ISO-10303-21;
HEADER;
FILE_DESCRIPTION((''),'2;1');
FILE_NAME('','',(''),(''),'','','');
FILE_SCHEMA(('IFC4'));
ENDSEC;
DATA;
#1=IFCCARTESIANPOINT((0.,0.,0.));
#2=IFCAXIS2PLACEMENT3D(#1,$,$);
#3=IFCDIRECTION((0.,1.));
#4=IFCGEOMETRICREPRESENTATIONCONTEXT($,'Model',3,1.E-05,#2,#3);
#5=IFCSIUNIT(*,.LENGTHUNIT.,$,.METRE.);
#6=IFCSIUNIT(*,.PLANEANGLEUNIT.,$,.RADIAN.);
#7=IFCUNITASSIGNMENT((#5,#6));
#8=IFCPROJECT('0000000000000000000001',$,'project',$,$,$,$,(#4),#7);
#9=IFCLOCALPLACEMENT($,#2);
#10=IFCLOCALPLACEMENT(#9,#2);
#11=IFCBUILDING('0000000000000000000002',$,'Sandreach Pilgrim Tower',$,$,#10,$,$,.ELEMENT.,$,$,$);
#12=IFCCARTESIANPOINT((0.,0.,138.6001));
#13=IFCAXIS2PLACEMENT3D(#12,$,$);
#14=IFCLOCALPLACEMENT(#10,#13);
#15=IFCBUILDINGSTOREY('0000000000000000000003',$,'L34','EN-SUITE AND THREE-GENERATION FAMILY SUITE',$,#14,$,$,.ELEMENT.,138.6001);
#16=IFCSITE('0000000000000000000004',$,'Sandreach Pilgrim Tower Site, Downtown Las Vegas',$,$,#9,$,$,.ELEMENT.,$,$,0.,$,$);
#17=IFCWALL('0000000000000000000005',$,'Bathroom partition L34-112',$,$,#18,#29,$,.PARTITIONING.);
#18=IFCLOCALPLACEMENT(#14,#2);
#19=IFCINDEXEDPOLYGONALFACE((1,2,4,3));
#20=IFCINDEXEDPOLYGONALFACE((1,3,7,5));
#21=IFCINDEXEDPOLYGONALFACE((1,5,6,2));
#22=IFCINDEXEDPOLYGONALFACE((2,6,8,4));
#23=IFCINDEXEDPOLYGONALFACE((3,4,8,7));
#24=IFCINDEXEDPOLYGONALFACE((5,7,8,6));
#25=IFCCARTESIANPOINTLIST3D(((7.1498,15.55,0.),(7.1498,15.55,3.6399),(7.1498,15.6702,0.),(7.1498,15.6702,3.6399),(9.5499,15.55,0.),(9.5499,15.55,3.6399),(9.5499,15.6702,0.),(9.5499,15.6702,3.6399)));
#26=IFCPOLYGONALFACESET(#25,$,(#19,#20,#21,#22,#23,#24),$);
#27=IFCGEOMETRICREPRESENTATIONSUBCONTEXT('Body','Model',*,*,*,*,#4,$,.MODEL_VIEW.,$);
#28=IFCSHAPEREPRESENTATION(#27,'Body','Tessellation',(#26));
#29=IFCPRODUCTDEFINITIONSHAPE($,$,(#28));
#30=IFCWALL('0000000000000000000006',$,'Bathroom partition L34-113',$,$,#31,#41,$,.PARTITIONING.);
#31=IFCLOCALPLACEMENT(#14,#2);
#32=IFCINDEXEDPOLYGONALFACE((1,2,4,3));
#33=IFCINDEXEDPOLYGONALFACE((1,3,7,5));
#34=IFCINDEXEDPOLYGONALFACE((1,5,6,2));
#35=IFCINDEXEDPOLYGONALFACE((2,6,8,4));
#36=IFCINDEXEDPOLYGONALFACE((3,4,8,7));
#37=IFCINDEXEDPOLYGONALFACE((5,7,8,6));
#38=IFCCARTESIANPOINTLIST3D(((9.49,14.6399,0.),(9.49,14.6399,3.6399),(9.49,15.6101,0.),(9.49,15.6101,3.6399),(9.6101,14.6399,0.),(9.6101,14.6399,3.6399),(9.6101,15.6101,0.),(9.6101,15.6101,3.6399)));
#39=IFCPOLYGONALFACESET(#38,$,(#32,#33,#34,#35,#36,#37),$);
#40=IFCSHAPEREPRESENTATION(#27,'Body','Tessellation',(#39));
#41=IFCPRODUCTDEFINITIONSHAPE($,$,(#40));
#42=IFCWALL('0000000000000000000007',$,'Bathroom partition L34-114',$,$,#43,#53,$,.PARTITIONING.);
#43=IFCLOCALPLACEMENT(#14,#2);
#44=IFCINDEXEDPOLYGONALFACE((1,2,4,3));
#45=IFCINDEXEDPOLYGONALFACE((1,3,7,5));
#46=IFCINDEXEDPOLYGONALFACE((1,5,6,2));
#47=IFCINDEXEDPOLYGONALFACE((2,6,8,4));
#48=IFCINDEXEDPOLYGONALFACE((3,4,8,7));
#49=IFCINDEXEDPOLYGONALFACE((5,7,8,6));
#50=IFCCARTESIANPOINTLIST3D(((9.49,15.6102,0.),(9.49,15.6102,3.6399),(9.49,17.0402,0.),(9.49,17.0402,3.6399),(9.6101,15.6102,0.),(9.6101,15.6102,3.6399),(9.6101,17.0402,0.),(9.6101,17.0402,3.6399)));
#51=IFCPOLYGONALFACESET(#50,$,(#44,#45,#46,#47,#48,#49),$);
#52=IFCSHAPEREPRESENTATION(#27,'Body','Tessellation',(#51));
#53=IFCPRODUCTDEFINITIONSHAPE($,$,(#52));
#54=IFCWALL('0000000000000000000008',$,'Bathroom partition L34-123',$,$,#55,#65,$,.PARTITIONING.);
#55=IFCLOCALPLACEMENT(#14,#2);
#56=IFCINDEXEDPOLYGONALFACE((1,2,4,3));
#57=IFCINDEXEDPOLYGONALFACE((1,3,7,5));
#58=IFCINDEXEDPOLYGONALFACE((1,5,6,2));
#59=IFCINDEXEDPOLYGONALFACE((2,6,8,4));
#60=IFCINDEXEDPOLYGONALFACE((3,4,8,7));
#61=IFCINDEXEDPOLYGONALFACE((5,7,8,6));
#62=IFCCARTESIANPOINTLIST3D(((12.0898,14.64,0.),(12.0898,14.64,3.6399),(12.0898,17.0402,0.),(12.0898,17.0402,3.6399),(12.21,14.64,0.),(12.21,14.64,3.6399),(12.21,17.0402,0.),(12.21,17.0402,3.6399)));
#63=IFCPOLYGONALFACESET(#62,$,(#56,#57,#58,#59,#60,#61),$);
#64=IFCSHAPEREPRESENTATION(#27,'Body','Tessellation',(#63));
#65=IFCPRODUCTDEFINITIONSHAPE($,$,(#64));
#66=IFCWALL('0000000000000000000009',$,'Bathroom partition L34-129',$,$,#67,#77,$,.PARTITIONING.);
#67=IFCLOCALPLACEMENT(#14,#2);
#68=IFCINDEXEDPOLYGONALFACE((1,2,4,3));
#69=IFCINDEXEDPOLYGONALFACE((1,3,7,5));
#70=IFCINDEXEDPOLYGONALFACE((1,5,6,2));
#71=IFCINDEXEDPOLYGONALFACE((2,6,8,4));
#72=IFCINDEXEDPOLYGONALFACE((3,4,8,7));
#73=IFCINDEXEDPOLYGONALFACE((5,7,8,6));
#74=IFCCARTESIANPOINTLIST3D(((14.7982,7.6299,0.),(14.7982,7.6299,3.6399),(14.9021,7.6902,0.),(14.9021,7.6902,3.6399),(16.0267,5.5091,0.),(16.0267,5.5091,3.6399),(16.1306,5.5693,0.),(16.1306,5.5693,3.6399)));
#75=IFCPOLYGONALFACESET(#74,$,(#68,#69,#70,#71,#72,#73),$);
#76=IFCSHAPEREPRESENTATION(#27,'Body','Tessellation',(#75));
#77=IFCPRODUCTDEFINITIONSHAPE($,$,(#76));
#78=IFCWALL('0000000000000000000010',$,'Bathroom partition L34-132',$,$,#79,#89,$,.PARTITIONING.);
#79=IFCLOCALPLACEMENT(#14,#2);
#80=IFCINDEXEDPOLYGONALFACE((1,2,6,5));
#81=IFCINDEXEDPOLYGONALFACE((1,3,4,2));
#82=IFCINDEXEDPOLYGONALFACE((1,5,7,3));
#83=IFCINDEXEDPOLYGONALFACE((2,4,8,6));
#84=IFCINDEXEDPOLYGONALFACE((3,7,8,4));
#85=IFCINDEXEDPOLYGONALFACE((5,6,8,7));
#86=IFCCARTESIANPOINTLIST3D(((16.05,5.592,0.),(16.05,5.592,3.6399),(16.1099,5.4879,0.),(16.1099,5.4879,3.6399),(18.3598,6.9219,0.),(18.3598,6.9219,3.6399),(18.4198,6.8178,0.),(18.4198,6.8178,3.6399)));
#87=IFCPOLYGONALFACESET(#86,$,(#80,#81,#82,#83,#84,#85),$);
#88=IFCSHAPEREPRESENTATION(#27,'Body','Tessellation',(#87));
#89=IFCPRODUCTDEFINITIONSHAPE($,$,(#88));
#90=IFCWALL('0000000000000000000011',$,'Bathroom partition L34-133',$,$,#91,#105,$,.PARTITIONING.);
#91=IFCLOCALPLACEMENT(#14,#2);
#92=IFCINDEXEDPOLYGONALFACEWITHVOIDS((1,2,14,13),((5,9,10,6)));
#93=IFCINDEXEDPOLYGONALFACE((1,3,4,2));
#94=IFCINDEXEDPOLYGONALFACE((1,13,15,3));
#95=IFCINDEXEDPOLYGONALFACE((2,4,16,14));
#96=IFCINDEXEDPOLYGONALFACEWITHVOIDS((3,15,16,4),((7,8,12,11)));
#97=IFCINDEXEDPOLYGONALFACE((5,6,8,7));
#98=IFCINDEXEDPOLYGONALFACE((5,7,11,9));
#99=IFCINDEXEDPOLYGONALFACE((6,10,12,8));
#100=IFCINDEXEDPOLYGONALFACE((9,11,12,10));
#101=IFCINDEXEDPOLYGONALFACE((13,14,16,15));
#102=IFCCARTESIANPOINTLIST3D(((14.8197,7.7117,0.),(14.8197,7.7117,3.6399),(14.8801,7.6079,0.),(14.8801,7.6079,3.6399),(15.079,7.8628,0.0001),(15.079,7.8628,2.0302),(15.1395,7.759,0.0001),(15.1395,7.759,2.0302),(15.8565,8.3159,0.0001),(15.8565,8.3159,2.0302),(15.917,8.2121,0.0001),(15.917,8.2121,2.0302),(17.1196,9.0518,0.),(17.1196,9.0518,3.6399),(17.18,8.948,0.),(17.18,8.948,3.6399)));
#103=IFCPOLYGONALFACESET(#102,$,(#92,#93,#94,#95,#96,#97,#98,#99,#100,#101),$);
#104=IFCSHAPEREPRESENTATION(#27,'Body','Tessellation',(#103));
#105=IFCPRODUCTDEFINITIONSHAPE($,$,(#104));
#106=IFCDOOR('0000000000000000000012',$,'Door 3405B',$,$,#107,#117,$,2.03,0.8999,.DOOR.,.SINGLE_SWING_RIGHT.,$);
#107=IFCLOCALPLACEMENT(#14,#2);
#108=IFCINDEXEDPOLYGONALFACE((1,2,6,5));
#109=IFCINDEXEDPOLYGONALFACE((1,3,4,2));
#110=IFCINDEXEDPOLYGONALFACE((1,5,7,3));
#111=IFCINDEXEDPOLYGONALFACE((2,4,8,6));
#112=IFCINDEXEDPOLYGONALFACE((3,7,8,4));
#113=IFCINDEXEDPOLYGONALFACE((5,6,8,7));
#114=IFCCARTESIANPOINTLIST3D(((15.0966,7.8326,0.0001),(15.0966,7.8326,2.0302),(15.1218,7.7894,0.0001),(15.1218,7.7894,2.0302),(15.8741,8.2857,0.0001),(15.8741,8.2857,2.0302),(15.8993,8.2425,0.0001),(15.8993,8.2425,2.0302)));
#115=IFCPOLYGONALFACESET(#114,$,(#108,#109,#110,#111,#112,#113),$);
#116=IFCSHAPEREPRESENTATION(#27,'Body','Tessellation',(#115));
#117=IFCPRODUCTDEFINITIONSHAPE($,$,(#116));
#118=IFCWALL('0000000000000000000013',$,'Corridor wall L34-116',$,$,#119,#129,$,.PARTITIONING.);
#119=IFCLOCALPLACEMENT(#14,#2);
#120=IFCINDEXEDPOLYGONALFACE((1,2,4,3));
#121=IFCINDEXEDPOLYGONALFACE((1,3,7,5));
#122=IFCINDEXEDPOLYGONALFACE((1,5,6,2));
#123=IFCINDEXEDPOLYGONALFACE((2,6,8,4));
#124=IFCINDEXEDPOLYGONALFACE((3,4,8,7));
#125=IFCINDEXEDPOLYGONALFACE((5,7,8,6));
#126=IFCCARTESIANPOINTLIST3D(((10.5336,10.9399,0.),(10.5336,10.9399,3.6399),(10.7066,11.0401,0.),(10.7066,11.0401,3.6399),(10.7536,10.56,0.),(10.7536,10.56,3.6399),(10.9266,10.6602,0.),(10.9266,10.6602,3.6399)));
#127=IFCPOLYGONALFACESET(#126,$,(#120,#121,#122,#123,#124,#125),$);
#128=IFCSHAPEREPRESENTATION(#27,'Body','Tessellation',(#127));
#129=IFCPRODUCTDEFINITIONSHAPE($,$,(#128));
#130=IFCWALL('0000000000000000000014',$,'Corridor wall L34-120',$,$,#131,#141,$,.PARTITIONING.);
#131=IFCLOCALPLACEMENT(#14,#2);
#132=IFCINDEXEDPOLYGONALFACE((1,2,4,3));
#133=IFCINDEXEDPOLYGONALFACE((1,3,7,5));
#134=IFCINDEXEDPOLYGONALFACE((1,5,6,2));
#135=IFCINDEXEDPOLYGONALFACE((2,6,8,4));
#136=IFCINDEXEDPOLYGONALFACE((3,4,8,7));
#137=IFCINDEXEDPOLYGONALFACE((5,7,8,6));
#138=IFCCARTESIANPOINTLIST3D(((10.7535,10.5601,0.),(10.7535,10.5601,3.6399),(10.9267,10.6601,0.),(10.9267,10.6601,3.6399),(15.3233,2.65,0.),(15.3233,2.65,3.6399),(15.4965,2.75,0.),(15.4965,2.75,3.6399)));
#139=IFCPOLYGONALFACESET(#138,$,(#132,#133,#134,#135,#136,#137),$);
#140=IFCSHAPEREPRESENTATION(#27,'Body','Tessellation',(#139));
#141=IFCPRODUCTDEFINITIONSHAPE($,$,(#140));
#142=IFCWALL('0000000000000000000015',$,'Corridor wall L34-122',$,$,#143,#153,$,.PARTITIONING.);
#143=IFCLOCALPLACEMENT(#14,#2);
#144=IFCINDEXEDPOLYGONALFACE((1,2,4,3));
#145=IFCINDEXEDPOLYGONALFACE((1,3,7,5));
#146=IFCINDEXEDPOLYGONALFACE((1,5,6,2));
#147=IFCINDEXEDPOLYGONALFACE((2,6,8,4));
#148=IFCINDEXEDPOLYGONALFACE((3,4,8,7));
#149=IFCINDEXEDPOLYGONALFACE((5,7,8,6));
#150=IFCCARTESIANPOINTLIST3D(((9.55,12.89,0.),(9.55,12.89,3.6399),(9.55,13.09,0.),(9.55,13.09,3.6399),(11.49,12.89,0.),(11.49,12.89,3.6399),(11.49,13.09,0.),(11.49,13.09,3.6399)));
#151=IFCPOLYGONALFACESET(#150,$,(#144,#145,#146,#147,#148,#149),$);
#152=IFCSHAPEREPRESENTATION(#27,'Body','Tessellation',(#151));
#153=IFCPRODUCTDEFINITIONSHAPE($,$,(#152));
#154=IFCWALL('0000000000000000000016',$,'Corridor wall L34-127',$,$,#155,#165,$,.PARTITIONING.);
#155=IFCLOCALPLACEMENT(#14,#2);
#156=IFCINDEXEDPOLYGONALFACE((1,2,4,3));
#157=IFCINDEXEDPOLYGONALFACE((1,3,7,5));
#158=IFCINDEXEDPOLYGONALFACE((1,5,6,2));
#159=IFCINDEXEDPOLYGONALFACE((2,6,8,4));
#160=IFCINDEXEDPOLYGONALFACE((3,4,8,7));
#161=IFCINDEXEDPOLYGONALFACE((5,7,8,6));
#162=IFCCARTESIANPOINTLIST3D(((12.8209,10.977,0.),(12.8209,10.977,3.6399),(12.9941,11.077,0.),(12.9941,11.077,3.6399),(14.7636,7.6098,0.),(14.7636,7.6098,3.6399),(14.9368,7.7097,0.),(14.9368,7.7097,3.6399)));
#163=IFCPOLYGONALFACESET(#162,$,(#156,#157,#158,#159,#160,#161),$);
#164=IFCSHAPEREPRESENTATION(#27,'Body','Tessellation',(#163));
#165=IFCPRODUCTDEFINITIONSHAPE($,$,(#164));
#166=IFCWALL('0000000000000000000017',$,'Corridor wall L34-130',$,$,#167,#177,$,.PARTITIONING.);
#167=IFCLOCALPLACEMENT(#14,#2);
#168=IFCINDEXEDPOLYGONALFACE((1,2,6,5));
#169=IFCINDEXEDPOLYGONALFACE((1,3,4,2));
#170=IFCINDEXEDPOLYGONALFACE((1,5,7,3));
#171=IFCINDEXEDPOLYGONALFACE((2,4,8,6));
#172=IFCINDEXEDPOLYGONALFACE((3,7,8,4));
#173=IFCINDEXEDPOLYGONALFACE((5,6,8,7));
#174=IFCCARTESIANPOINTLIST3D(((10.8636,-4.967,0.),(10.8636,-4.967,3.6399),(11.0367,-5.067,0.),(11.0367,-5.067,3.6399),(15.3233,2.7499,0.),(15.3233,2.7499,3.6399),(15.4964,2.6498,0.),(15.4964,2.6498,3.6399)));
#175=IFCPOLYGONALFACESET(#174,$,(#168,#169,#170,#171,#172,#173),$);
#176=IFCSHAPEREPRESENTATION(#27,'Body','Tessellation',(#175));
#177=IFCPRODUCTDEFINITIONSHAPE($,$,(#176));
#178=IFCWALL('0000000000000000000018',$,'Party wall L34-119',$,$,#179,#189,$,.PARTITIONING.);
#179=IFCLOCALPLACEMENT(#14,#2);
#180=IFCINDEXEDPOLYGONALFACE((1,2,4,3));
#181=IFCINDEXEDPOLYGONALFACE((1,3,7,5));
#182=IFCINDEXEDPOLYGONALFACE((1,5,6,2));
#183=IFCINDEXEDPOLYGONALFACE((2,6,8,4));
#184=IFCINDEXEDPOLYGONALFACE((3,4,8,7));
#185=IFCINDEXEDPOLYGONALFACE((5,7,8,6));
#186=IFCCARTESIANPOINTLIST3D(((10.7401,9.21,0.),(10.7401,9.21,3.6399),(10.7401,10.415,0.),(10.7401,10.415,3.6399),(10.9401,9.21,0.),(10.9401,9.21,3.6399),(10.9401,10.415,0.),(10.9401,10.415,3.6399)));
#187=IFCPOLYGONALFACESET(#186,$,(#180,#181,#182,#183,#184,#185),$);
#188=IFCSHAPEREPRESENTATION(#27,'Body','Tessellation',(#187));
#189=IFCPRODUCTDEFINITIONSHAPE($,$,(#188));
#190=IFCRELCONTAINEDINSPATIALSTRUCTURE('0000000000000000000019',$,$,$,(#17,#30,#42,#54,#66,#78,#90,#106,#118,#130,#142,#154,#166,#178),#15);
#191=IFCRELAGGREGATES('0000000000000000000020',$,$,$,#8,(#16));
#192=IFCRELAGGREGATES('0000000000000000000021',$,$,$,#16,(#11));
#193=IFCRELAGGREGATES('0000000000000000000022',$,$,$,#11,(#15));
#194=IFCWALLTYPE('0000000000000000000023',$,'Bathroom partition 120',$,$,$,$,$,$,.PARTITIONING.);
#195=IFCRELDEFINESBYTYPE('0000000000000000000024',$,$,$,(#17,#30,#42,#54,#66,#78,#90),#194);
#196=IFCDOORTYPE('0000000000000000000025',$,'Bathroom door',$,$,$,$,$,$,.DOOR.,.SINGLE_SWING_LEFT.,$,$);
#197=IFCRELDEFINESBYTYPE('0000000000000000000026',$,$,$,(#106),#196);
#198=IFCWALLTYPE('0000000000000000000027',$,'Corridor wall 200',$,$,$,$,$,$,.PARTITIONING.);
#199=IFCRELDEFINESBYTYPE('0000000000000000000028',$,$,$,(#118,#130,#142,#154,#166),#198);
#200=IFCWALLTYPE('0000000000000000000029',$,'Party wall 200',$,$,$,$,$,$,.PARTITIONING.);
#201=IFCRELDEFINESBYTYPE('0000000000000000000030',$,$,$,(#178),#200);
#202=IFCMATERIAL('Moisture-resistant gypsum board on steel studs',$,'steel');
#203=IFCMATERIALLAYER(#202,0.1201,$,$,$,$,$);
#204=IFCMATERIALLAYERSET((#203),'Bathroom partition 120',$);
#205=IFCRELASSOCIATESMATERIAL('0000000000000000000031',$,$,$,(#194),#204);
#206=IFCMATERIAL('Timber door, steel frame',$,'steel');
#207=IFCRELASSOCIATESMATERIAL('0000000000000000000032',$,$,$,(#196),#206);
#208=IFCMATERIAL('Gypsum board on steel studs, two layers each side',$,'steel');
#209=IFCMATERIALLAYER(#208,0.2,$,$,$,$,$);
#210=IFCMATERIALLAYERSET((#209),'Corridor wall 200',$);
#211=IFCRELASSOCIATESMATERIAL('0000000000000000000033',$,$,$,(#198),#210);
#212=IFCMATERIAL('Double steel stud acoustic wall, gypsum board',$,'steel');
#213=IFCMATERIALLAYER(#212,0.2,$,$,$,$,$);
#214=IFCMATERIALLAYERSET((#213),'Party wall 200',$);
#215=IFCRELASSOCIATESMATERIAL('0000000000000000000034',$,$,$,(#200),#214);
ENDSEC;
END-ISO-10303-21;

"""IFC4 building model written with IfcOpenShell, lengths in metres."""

from ifc_helpers import new_model, si_unit, direction, frame, frame_2d, origin, place, context, subcontext, project, spatial, rectangle, extrude, material, layer, layer_set, type_object, element, fill, save


model = new_model("IFC4")

# Units and contexts
model_context = context("Model", 3, precision=1e-05, world=origin(), true_north=direction((0.0, 1.0)))
body_context = subcontext(model_context, "Body", "Model", "MODEL_VIEW")
ifc_project = project(units=[si_unit("LENGTHUNIT", "METRE"), si_unit("PLANEANGLEUNIT", "RADIAN")], contexts=[model_context])

# Site, building, storey
site_placement = place(None, origin())
site = spatial("IfcSite", under=ifc_project, at=site_placement, Name="Sandreach Pilgrim Tower Site, Downtown Las Vegas", CompositionType="ELEMENT", RefElevation=0.0)
building_placement = place(site_placement, origin())
building = spatial("IfcBuilding", under=site, at=building_placement, Name="Sandreach Pilgrim Tower", CompositionType="ELEMENT")
storey_placement = place(building_placement, frame((0.0, 0.0, 138.6001)))
storey = spatial("IfcBuildingStorey", under=building, at=storey_placement, Name="L34", Description="EN-SUITE AND THREE-GENERATION FAMILY SUITE", CompositionType="ELEMENT", Elevation=138.6001)

# Walls
ifc_material_1 = material(Name="Moisture-resistant gypsum board on steel studs", Category="steel")
ifc_layer_1 = layer(ifc_material_1, 0.1201)
ifc_layer_set_1 = layer_set([ifc_layer_1], Name="Bathroom partition 120")
wall_type_1 = type_object("IfcWallType", Name="Bathroom partition 120", PredefinedType="PARTITIONING", material=ifc_layer_set_1)
wall_1_placement = place(storey_placement, frame((9.55, 15.6101, 0.0), z_axis=(0.0, 0.0, 1.0), x_axis=(-1.0, 0.0, 0.0)))
element("IfcWall", 1, at=wall_1_placement, inside=storey, type_object=wall_type_1, Name="Bathroom partition L34-112", PredefinedType="PARTITIONING", context=body_context, shape_type="SweptSolid", body=[
    extrude(rectangle(XDim=2.4001, YDim=0.1201, at=frame_2d((1.2002, 0.0))), origin(), (0.0, 0.0, 1.0), 3.6399),
])
wall_2_placement = place(storey_placement, frame((9.55, 15.6101, 0.0), z_axis=(0.0, 0.0, 1.0), x_axis=(0.0, -1.0, 0.0)))
element("IfcWall", 2, at=wall_2_placement, inside=storey, type_object=wall_type_1, Name="Bathroom partition L34-113", PredefinedType="PARTITIONING", context=body_context, shape_type="SweptSolid", body=[
    extrude(rectangle(XDim=0.9702, YDim=0.1201, at=frame_2d((0.4851, 0.0))), origin(), (0.0, 0.0, 1.0), 3.6399),
])
wall_3_placement = place(storey_placement, frame((9.55, 17.04, 0.0), z_axis=(0.0, 0.0, 1.0), x_axis=(0.0, -1.0, 0.0)))
element("IfcWall", 3, at=wall_3_placement, inside=storey, type_object=wall_type_1, Name="Bathroom partition L34-114", PredefinedType="PARTITIONING", context=body_context, shape_type="SweptSolid", body=[
    extrude(rectangle(XDim=1.4299, YDim=0.1201, at=frame_2d((0.7148, 0.0))), origin(), (0.0, 0.0, 1.0), 3.6399),
])
wall_4_placement = place(storey_placement, frame((12.1499, 14.6399, 0.0), z_axis=(0.0, 0.0, 1.0), x_axis=(0.0, 1.0, 0.0)))
element("IfcWall", 4, at=wall_4_placement, inside=storey, type_object=wall_type_1, Name="Bathroom partition L34-123", PredefinedType="PARTITIONING", context=body_context, shape_type="SweptSolid", body=[
    extrude(rectangle(XDim=2.4001, YDim=0.1201, at=frame_2d((1.2002, 0.0))), origin(), (0.0, 0.0, 1.0), 3.6399),
])
wall_5_placement = place(storey_placement, frame((14.8501, 7.6602, 0.0), z_axis=(0.0, 0.0, 1.0), x_axis=(0.501237, -0.86531, 0.0)))
element("IfcWall", 5, at=wall_5_placement, inside=storey, type_object=wall_type_1, Name="Bathroom partition L34-129", PredefinedType="PARTITIONING", context=body_context, shape_type="SweptSolid", body=[
    extrude(rectangle(XDim=2.4509, YDim=0.1201, at=frame_2d((1.2256, 0.0))), origin(), (0.0, 0.0, 1.0), 3.6399),
])
wall_6_placement = place(storey_placement, frame((16.0801, 5.54, 0.0), z_axis=(0.0, 0.0, 1.0), x_axis=(0.866632, 0.498948, 0.0)))
element("IfcWall", 6, at=wall_6_placement, inside=storey, type_object=wall_type_1, Name="Bathroom partition L34-132", PredefinedType="PARTITIONING", context=body_context, shape_type="SweptSolid", body=[
    extrude(rectangle(XDim=2.6653, YDim=0.1201, at=frame_2d((1.3325, 0.0))), origin(), (0.0, 0.0, 1.0), 3.6399),
])

# Wall, opening, door
wall_7_placement = place(storey_placement, frame((17.1499, 9.0, 0.0), z_axis=(0.0, 0.0, 1.0), x_axis=(-0.864018, -0.50346, 0.0)))
wall_7 = element("IfcWall", 7, at=wall_7_placement, inside=storey, type_object=wall_type_1, Name="Bathroom partition L34-133", PredefinedType="PARTITIONING", context=body_context, shape_type="SweptSolid", body=[
    extrude(rectangle(XDim=2.6619, YDim=0.1201, at=frame_2d((1.3311, 0.0))), origin(), (0.0, 0.0, 1.0), 3.6399),
])
opening_1_placement = place(wall_7_placement, frame((1.4619, 0.0, 0.0)))
opening_1 = element("IfcOpeningElement", 8, at=opening_1_placement, cuts=wall_7, PredefinedType="OPENING", context=body_context, shape_type="SweptSolid", body=[
    extrude(rectangle(XDim=0.8999, YDim=2.03, at=frame_2d((0.45, 1.0151))), frame((0.0, 0.0601, 0.0), z_axis=(0.0, -1.0, 0.0), x_axis=(1.0, 0.0, 0.0)), (0.0, 0.0, 1.0), 0.1201),
])
ifc_material_2 = material(Name="Timber door, steel frame", Category="steel")
door_type_1 = type_object("IfcDoorType", Name="Bathroom door", OperationType="SINGLE_SWING_LEFT", PredefinedType="DOOR", material=ifc_material_2)
door_1_placement = place(opening_1_placement, origin())
door_1 = element("IfcDoor", 9, at=door_1_placement, inside=storey, type_object=door_type_1, Name="Door 3405B", OperationType="SINGLE_SWING_RIGHT", OverallHeight=2.03, OverallWidth=0.8999, PredefinedType="DOOR", context=body_context, shape_type="SweptSolid", body=[
    extrude(rectangle(XDim=0.8999, YDim=2.03, at=frame_2d((0.45, 1.0151))), frame((0.0, 0.0249, 0.0), z_axis=(0.0, -1.0, 0.0), x_axis=(1.0, 0.0, 0.0)), (0.0, 0.0, 1.0), 0.05),
])
fill(opening_1, door_1)

# Wall
ifc_material_3 = material(Name="Gypsum board on steel studs, two layers each side", Category="steel")
ifc_layer_2 = layer(ifc_material_3, 0.2)
ifc_layer_set_2 = layer_set([ifc_layer_2], Name="Corridor wall 200")
wall_type_2 = type_object("IfcWallType", Name="Corridor wall 200", PredefinedType="PARTITIONING", material=ifc_layer_set_2)
wall_8_placement = place(storey_placement, frame((10.6201, 10.99, 0.0), z_axis=(0.0, 0.0, 1.0), x_axis=(0.501102, -0.865388, 0.0)))
element("IfcWall", 10, at=wall_8_placement, inside=storey, type_object=wall_type_2, Name="Corridor wall L34-116", PredefinedType="PARTITIONING", context=body_context, shape_type="SweptSolid", body=[
    extrude(rectangle(XDim=0.439, YDim=0.2, at=frame_2d((0.2195, 0.0))), origin(), (0.0, 0.0, 1.0), 3.6399),
])

# Walls
wall_9_placement = place(storey_placement, frame((10.8401, 10.6101, 0.0), z_axis=(0.0, 0.0, 1.0), x_axis=(0.500238, -0.865888, 0.0)))
element("IfcWall", 11, at=wall_9_placement, inside=storey, type_object=wall_type_2, Name="Corridor wall L34-120", PredefinedType="PARTITIONING", context=body_context, shape_type="SweptSolid", body=[
    extrude(rectangle(XDim=9.1353, YDim=0.2, at=frame_2d((4.5676, 0.0))), origin(), (0.0, 0.0, 1.0), 3.6399),
])
wall_10_placement = place(storey_placement, frame((11.49, 12.99, 0.0), z_axis=(0.0, 0.0, 1.0), x_axis=(-1.0, 0.0, 0.0)))
element("IfcWall", 12, at=wall_10_placement, inside=storey, type_object=wall_type_2, Name="Corridor wall L34-122", PredefinedType="PARTITIONING", context=body_context, shape_type="SweptSolid", body=[
    extrude(rectangle(XDim=1.9399, YDim=0.2, at=frame_2d((0.97, 0.0))), origin(), (0.0, 0.0, 1.0), 3.6399),
])

# Walls
wall_11_placement = place(storey_placement, frame((12.9075, 11.0271, 0.0), z_axis=(0.0, 0.0, 1.0), x_axis=(0.499726, -0.866183, 0.0)))
element("IfcWall", 13, at=wall_11_placement, inside=storey, type_object=wall_type_2, Name="Corridor wall L34-127", PredefinedType="PARTITIONING", context=body_context, shape_type="SweptSolid", body=[
    extrude(rectangle(XDim=3.8875, YDim=0.2, at=frame_2d((1.9438, 0.0))), origin(), (0.0, 0.0, 1.0), 3.6399),
])
wall_12_placement = place(storey_placement, frame((15.4099, 2.7, 0.0), z_axis=(0.0, 0.0, 1.0), x_axis=(-0.500372, -0.86581, 0.0)))
element("IfcWall", 14, at=wall_12_placement, inside=storey, type_object=wall_type_2, Name="Corridor wall L34-130", PredefinedType="PARTITIONING", context=body_context, shape_type="SweptSolid", body=[
    extrude(rectangle(XDim=8.9128, YDim=0.2, at=frame_2d((4.4565, 0.0))), origin(), (0.0, 0.0, 1.0), 3.6399),
])

# Wall
ifc_material_4 = material(Name="Double steel stud acoustic wall, gypsum board", Category="steel")
ifc_layer_3 = layer(ifc_material_4, 0.2)
ifc_layer_set_3 = layer_set([ifc_layer_3], Name="Party wall 200")
wall_type_3 = type_object("IfcWallType", Name="Party wall 200", PredefinedType="PARTITIONING", material=ifc_layer_set_3)
wall_13_placement = place(storey_placement, frame((10.8401, 10.415, 0.0), z_axis=(0.0, 0.0, 1.0), x_axis=(0.0, -1.0, 0.0)))
element("IfcWall", 15, at=wall_13_placement, inside=storey, type_object=wall_type_3, Name="Party wall L34-119", PredefinedType="PARTITIONING", context=body_context, shape_type="SweptSolid", body=[
    extrude(rectangle(XDim=1.2051, YDim=0.2, at=frame_2d((0.6025, 0.0))), origin(), (0.0, 0.0, 1.0), 3.6399),
])

save(model, "model.ifc")
